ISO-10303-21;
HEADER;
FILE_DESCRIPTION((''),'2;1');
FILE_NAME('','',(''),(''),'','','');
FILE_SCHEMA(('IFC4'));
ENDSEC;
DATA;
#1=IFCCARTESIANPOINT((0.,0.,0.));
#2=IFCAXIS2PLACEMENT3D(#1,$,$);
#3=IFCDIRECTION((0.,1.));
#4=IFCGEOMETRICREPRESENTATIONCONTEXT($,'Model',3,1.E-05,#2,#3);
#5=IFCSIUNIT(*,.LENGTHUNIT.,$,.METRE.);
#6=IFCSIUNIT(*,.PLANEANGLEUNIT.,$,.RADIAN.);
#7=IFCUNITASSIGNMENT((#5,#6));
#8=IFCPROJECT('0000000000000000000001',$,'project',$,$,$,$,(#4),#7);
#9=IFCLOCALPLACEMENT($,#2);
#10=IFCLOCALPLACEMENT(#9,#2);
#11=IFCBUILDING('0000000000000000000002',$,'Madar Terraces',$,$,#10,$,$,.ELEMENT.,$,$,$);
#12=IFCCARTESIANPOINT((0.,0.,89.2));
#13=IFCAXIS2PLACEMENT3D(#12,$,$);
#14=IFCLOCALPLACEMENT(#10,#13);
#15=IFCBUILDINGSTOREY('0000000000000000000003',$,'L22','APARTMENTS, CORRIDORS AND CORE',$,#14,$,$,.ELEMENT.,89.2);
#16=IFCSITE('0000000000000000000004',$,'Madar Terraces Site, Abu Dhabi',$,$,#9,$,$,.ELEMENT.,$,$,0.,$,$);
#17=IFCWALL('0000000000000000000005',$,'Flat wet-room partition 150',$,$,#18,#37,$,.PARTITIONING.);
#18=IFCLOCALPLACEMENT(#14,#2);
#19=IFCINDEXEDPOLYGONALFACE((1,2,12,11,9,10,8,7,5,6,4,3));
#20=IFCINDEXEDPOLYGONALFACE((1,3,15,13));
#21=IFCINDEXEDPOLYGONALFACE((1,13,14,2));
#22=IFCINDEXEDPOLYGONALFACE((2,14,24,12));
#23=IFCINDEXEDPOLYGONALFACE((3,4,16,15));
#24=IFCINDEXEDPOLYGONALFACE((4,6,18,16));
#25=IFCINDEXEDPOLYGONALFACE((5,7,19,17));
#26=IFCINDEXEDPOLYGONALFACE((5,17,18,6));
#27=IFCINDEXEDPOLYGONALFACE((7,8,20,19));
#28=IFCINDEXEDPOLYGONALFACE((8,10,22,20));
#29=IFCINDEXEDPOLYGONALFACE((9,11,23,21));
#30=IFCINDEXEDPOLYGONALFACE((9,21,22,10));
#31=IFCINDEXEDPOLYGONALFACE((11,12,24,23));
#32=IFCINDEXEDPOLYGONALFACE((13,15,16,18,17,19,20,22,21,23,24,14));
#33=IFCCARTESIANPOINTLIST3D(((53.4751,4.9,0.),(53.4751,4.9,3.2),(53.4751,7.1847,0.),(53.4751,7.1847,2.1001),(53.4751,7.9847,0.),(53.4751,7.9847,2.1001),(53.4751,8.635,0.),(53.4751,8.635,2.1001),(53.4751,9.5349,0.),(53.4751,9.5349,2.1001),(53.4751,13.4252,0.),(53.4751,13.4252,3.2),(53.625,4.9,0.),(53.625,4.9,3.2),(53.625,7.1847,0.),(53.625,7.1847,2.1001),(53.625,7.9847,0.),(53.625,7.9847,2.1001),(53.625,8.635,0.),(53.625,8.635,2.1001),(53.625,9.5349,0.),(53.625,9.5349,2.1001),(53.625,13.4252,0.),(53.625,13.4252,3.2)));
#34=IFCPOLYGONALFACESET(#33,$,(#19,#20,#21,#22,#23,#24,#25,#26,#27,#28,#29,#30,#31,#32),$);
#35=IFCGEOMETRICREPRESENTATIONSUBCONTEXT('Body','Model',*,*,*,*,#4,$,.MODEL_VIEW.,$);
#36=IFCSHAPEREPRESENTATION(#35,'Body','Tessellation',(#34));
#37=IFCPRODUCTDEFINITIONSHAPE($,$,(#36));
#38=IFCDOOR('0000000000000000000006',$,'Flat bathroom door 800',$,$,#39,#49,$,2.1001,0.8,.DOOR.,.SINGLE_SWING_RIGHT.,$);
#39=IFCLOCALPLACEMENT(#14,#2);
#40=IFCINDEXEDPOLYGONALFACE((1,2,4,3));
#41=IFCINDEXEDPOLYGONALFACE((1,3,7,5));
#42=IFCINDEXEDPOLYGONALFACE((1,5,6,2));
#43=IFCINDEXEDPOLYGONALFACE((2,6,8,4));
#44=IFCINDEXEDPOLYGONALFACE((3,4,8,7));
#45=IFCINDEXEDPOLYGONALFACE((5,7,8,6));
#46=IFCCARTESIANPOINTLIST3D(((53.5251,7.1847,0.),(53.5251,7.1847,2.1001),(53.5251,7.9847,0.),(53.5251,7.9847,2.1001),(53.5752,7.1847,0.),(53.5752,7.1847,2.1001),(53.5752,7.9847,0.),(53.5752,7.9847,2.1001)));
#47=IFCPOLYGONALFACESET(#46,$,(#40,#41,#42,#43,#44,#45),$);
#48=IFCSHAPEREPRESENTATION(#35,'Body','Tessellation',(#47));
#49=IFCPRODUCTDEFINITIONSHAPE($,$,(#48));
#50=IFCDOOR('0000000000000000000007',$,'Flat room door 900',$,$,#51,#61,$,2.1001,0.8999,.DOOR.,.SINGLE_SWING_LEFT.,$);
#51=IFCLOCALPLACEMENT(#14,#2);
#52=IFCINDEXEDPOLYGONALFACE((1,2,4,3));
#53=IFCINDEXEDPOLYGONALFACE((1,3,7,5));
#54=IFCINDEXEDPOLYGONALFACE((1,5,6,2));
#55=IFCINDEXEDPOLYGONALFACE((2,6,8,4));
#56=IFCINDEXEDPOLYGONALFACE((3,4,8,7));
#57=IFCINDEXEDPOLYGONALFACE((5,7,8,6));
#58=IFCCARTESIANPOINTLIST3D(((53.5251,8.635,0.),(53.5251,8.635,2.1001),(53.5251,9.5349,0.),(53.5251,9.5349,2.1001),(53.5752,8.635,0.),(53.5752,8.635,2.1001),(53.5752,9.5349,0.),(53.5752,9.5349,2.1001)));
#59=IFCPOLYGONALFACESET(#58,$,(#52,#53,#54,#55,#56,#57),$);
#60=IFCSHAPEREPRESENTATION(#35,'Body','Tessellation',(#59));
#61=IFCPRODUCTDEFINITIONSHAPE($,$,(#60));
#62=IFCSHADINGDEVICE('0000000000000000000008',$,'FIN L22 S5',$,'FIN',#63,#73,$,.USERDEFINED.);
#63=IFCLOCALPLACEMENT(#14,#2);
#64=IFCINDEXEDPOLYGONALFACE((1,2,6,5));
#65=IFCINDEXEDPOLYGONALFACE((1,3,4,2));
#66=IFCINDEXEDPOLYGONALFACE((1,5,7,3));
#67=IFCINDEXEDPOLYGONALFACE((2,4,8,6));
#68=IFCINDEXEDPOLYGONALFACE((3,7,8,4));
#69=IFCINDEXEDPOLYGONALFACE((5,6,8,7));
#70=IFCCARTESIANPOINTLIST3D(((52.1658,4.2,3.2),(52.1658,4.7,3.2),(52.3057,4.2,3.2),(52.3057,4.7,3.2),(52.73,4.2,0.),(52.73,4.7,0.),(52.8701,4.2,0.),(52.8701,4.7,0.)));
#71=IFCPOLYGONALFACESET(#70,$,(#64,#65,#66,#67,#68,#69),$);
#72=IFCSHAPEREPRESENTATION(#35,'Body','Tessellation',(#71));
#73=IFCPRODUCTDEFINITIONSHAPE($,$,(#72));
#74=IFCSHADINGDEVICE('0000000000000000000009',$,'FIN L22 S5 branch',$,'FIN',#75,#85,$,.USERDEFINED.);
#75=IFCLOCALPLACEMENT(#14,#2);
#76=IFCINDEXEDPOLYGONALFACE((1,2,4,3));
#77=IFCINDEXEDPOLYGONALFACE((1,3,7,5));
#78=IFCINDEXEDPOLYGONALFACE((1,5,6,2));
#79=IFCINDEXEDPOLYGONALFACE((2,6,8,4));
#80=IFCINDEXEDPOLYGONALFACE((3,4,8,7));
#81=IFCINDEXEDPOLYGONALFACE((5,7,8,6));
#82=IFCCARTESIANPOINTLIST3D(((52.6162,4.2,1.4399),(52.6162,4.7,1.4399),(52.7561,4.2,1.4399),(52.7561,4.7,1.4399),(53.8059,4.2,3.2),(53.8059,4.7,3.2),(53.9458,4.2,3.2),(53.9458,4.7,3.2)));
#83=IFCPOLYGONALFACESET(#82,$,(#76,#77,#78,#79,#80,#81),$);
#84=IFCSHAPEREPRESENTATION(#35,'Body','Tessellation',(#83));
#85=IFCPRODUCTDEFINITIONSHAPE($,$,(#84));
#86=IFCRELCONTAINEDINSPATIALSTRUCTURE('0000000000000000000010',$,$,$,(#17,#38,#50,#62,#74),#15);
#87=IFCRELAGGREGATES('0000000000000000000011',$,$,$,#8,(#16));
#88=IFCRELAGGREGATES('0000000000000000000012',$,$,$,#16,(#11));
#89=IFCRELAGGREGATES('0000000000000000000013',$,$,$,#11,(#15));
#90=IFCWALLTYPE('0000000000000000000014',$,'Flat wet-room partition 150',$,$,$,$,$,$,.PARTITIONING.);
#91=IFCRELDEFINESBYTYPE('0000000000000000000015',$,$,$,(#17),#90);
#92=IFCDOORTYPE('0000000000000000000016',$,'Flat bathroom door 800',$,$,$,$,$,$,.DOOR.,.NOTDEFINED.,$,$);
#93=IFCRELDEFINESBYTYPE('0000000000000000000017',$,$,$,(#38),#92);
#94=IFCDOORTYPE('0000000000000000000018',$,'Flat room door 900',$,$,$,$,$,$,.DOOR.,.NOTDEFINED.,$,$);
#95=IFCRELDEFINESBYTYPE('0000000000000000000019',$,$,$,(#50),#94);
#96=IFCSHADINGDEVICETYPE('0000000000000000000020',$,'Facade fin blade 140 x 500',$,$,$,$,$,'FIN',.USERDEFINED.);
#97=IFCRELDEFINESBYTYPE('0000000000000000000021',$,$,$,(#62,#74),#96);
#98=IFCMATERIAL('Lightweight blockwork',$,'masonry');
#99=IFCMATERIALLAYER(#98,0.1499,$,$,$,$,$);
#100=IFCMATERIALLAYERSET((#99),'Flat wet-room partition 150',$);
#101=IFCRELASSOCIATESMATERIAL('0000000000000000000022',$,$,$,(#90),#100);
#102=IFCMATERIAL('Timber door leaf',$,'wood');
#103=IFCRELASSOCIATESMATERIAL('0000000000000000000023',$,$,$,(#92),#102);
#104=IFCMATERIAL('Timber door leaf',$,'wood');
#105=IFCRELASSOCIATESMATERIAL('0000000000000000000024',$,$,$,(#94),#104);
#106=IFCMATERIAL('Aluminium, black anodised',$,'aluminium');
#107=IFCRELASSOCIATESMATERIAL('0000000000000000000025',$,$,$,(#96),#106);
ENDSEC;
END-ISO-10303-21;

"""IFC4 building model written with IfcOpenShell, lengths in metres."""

from ifc_helpers import new_model, si_unit, direction, frame, frame_2d, origin, place, context, subcontext, project, spatial, polyline, rectangle, outline, extrude, material, layer, layer_set, type_object, element, fill, save


model = new_model("IFC4")

# Units and contexts
model_context = context("Model", 3, precision=1e-05, world=origin(), true_north=direction((0.0, 1.0)))
body_context = subcontext(model_context, "Body", "Model", "MODEL_VIEW")
ifc_project = project(units=[si_unit("LENGTHUNIT", "METRE"), si_unit("PLANEANGLEUNIT", "RADIAN")], contexts=[model_context])

# Site, building, storey
site_placement = place(None, origin())
site = spatial("IfcSite", under=ifc_project, at=site_placement, Name="Madar Terraces Site, Abu Dhabi", CompositionType="ELEMENT", RefElevation=0.0)
building_placement = place(site_placement, origin())
building = spatial("IfcBuilding", under=site, at=building_placement, Name="Madar Terraces", CompositionType="ELEMENT")
storey_placement = place(building_placement, frame((0.0, 0.0, 89.2)))
storey = spatial("IfcBuildingStorey", under=building, at=storey_placement, Name="L22", Description="APARTMENTS, CORRIDORS AND CORE", CompositionType="ELEMENT", Elevation=89.2)

# Shared definitions
ifc_material_1 = material(Name="Lightweight blockwork", Category="masonry")
ifc_layer_1 = layer(ifc_material_1, 0.1499)
ifc_layer_set_1 = layer_set([ifc_layer_1], Name="Flat wet-room partition 150")
wall_type_1 = type_object("IfcWallType", Name="Flat wet-room partition 150", PredefinedType="PARTITIONING", material=ifc_layer_set_1)

# Wall, openings, doors
wall_1_placement = place(storey_placement, frame((53.55, 4.8999, 0.0), z_axis=(0.0, 0.0, 1.0), x_axis=(0.0, 1.0, 0.0)))
wall_1 = element("IfcWall", 1, at=wall_1_placement, inside=storey, type_object=wall_type_1, Name="Flat wet-room partition 150", PredefinedType="PARTITIONING", context=body_context, shape_type="SweptSolid", body=[
    extrude(rectangle(XDim=8.5251, YDim=0.1499, at=frame_2d((4.2627, 0.0))), origin(), (0.0, 0.0, 1.0), 3.2),
])
opening_1_placement = place(wall_1_placement, frame((3.7351, 0.0, 0.0)))
opening_1 = element("IfcOpeningElement", 2, at=opening_1_placement, cuts=wall_1, PredefinedType="OPENING", context=body_context, shape_type="SweptSolid", body=[
    extrude(rectangle(XDim=0.8999, YDim=2.1001, at=frame_2d((0.45, 1.05))), frame((0.0, 0.085, 0.0), z_axis=(0.0, -1.0, 0.0), x_axis=(1.0, 0.0, 0.0)), (0.0, 0.0, 1.0), 0.1699),
])
opening_2_placement = place(wall_1_placement, frame((2.2849, 0.0, 0.0)))
opening_2 = element("IfcOpeningElement", 3, at=opening_2_placement, cuts=wall_1, PredefinedType="OPENING", context=body_context, shape_type="SweptSolid", body=[
    extrude(rectangle(XDim=0.8, YDim=2.1001, at=frame_2d((0.3999, 1.05))), frame((0.0, 0.085, 0.0), z_axis=(0.0, -1.0, 0.0), x_axis=(1.0, 0.0, 0.0)), (0.0, 0.0, 1.0), 0.1699),
])
ifc_material_2 = material(Name="Timber door leaf", Category="wood")
door_type_1 = type_object("IfcDoorType", Name="Flat bathroom door 800", OperationType="NOTDEFINED", PredefinedType="DOOR", material=ifc_material_2)
door_1_placement = place(opening_2_placement, origin())
door_1 = element("IfcDoor", 4, at=door_1_placement, inside=storey, type_object=door_type_1, Name="Flat bathroom door 800", OperationType="SINGLE_SWING_RIGHT", OverallHeight=2.1001, OverallWidth=0.8, PredefinedType="DOOR", context=body_context, shape_type="SweptSolid", body=[
    extrude(rectangle(XDim=0.8, YDim=2.1001, at=frame_2d((0.3999, 1.05))), frame((0.0, 0.0249, 0.0), z_axis=(0.0, -1.0, 0.0), x_axis=(1.0, 0.0, 0.0)), (0.0, 0.0, 1.0), 0.05),
])
fill(opening_2, door_1)
ifc_material_3 = material(Name="Timber door leaf", Category="wood")
door_type_2 = type_object("IfcDoorType", Name="Flat room door 900", OperationType="NOTDEFINED", PredefinedType="DOOR", material=ifc_material_3)
door_2_placement = place(opening_1_placement, origin())
door_2 = element("IfcDoor", 5, at=door_2_placement, inside=storey, type_object=door_type_2, Name="Flat room door 900", OperationType="SINGLE_SWING_LEFT", OverallHeight=2.1001, OverallWidth=0.8999, PredefinedType="DOOR", context=body_context, shape_type="SweptSolid", body=[
    extrude(rectangle(XDim=0.8999, YDim=2.1001, at=frame_2d((0.45, 1.05))), frame((0.0, 0.0249, 0.0), z_axis=(0.0, -1.0, 0.0), x_axis=(1.0, 0.0, 0.0)), (0.0, 0.0, 1.0), 0.05),
])
fill(opening_1, door_2)

# Shading devices
ifc_material_4 = material(Name="Aluminium, black anodised", Category="aluminium")
shading_device_type = type_object("IfcShadingDeviceType", Name="Facade fin blade 140 x 500", ElementType="FIN", PredefinedType="USERDEFINED", material=ifc_material_4)
shading_device_1_placement = place(storey_placement, frame((52.73, 4.45, 0.0), z_axis=(0.0, 0.0, 1.0), x_axis=(1.0, 0.0, 0.0)))
element("IfcShadingDevice", 6, at=shading_device_1_placement, inside=storey, type_object=shading_device_type, Name="FIN L22 S5", ObjectType="FIN", PredefinedType="USERDEFINED", context=body_context, shape_type="SweptSolid", body=[
    extrude(outline(polyline([(0.0, 0.0), (0.1401, 0.0), (-0.4243, 3.2), (-0.5642, 3.2), (0.0, 0.0)])), frame((0.0, 0.25, 0.0), z_axis=(0.0, -1.0, 0.0), x_axis=(1.0, 0.0, 0.0)), (0.0, 0.0, 1.0), 0.5),
])
shading_device_2_placement = place(storey_placement, frame((52.6162, 4.45, 1.4399), z_axis=(0.0, 0.0, 1.0), x_axis=(1.0, 0.0, 0.0)))
element("IfcShadingDevice", 7, at=shading_device_2_placement, inside=storey, type_object=shading_device_type, Name="FIN L22 S5 branch", ObjectType="FIN", PredefinedType="USERDEFINED", context=body_context, shape_type="SweptSolid", body=[
    extrude(outline(polyline([(0.0, 0.0), (0.1399, 0.0), (1.3296, 1.76), (1.1897, 1.76), (0.0, 0.0)])), frame((0.0, 0.25, 0.0), z_axis=(0.0, -1.0, 0.0), x_axis=(1.0, 0.0, 0.0)), (0.0, 0.0, 1.0), 0.5),
])

save(model, "model.ifc")
